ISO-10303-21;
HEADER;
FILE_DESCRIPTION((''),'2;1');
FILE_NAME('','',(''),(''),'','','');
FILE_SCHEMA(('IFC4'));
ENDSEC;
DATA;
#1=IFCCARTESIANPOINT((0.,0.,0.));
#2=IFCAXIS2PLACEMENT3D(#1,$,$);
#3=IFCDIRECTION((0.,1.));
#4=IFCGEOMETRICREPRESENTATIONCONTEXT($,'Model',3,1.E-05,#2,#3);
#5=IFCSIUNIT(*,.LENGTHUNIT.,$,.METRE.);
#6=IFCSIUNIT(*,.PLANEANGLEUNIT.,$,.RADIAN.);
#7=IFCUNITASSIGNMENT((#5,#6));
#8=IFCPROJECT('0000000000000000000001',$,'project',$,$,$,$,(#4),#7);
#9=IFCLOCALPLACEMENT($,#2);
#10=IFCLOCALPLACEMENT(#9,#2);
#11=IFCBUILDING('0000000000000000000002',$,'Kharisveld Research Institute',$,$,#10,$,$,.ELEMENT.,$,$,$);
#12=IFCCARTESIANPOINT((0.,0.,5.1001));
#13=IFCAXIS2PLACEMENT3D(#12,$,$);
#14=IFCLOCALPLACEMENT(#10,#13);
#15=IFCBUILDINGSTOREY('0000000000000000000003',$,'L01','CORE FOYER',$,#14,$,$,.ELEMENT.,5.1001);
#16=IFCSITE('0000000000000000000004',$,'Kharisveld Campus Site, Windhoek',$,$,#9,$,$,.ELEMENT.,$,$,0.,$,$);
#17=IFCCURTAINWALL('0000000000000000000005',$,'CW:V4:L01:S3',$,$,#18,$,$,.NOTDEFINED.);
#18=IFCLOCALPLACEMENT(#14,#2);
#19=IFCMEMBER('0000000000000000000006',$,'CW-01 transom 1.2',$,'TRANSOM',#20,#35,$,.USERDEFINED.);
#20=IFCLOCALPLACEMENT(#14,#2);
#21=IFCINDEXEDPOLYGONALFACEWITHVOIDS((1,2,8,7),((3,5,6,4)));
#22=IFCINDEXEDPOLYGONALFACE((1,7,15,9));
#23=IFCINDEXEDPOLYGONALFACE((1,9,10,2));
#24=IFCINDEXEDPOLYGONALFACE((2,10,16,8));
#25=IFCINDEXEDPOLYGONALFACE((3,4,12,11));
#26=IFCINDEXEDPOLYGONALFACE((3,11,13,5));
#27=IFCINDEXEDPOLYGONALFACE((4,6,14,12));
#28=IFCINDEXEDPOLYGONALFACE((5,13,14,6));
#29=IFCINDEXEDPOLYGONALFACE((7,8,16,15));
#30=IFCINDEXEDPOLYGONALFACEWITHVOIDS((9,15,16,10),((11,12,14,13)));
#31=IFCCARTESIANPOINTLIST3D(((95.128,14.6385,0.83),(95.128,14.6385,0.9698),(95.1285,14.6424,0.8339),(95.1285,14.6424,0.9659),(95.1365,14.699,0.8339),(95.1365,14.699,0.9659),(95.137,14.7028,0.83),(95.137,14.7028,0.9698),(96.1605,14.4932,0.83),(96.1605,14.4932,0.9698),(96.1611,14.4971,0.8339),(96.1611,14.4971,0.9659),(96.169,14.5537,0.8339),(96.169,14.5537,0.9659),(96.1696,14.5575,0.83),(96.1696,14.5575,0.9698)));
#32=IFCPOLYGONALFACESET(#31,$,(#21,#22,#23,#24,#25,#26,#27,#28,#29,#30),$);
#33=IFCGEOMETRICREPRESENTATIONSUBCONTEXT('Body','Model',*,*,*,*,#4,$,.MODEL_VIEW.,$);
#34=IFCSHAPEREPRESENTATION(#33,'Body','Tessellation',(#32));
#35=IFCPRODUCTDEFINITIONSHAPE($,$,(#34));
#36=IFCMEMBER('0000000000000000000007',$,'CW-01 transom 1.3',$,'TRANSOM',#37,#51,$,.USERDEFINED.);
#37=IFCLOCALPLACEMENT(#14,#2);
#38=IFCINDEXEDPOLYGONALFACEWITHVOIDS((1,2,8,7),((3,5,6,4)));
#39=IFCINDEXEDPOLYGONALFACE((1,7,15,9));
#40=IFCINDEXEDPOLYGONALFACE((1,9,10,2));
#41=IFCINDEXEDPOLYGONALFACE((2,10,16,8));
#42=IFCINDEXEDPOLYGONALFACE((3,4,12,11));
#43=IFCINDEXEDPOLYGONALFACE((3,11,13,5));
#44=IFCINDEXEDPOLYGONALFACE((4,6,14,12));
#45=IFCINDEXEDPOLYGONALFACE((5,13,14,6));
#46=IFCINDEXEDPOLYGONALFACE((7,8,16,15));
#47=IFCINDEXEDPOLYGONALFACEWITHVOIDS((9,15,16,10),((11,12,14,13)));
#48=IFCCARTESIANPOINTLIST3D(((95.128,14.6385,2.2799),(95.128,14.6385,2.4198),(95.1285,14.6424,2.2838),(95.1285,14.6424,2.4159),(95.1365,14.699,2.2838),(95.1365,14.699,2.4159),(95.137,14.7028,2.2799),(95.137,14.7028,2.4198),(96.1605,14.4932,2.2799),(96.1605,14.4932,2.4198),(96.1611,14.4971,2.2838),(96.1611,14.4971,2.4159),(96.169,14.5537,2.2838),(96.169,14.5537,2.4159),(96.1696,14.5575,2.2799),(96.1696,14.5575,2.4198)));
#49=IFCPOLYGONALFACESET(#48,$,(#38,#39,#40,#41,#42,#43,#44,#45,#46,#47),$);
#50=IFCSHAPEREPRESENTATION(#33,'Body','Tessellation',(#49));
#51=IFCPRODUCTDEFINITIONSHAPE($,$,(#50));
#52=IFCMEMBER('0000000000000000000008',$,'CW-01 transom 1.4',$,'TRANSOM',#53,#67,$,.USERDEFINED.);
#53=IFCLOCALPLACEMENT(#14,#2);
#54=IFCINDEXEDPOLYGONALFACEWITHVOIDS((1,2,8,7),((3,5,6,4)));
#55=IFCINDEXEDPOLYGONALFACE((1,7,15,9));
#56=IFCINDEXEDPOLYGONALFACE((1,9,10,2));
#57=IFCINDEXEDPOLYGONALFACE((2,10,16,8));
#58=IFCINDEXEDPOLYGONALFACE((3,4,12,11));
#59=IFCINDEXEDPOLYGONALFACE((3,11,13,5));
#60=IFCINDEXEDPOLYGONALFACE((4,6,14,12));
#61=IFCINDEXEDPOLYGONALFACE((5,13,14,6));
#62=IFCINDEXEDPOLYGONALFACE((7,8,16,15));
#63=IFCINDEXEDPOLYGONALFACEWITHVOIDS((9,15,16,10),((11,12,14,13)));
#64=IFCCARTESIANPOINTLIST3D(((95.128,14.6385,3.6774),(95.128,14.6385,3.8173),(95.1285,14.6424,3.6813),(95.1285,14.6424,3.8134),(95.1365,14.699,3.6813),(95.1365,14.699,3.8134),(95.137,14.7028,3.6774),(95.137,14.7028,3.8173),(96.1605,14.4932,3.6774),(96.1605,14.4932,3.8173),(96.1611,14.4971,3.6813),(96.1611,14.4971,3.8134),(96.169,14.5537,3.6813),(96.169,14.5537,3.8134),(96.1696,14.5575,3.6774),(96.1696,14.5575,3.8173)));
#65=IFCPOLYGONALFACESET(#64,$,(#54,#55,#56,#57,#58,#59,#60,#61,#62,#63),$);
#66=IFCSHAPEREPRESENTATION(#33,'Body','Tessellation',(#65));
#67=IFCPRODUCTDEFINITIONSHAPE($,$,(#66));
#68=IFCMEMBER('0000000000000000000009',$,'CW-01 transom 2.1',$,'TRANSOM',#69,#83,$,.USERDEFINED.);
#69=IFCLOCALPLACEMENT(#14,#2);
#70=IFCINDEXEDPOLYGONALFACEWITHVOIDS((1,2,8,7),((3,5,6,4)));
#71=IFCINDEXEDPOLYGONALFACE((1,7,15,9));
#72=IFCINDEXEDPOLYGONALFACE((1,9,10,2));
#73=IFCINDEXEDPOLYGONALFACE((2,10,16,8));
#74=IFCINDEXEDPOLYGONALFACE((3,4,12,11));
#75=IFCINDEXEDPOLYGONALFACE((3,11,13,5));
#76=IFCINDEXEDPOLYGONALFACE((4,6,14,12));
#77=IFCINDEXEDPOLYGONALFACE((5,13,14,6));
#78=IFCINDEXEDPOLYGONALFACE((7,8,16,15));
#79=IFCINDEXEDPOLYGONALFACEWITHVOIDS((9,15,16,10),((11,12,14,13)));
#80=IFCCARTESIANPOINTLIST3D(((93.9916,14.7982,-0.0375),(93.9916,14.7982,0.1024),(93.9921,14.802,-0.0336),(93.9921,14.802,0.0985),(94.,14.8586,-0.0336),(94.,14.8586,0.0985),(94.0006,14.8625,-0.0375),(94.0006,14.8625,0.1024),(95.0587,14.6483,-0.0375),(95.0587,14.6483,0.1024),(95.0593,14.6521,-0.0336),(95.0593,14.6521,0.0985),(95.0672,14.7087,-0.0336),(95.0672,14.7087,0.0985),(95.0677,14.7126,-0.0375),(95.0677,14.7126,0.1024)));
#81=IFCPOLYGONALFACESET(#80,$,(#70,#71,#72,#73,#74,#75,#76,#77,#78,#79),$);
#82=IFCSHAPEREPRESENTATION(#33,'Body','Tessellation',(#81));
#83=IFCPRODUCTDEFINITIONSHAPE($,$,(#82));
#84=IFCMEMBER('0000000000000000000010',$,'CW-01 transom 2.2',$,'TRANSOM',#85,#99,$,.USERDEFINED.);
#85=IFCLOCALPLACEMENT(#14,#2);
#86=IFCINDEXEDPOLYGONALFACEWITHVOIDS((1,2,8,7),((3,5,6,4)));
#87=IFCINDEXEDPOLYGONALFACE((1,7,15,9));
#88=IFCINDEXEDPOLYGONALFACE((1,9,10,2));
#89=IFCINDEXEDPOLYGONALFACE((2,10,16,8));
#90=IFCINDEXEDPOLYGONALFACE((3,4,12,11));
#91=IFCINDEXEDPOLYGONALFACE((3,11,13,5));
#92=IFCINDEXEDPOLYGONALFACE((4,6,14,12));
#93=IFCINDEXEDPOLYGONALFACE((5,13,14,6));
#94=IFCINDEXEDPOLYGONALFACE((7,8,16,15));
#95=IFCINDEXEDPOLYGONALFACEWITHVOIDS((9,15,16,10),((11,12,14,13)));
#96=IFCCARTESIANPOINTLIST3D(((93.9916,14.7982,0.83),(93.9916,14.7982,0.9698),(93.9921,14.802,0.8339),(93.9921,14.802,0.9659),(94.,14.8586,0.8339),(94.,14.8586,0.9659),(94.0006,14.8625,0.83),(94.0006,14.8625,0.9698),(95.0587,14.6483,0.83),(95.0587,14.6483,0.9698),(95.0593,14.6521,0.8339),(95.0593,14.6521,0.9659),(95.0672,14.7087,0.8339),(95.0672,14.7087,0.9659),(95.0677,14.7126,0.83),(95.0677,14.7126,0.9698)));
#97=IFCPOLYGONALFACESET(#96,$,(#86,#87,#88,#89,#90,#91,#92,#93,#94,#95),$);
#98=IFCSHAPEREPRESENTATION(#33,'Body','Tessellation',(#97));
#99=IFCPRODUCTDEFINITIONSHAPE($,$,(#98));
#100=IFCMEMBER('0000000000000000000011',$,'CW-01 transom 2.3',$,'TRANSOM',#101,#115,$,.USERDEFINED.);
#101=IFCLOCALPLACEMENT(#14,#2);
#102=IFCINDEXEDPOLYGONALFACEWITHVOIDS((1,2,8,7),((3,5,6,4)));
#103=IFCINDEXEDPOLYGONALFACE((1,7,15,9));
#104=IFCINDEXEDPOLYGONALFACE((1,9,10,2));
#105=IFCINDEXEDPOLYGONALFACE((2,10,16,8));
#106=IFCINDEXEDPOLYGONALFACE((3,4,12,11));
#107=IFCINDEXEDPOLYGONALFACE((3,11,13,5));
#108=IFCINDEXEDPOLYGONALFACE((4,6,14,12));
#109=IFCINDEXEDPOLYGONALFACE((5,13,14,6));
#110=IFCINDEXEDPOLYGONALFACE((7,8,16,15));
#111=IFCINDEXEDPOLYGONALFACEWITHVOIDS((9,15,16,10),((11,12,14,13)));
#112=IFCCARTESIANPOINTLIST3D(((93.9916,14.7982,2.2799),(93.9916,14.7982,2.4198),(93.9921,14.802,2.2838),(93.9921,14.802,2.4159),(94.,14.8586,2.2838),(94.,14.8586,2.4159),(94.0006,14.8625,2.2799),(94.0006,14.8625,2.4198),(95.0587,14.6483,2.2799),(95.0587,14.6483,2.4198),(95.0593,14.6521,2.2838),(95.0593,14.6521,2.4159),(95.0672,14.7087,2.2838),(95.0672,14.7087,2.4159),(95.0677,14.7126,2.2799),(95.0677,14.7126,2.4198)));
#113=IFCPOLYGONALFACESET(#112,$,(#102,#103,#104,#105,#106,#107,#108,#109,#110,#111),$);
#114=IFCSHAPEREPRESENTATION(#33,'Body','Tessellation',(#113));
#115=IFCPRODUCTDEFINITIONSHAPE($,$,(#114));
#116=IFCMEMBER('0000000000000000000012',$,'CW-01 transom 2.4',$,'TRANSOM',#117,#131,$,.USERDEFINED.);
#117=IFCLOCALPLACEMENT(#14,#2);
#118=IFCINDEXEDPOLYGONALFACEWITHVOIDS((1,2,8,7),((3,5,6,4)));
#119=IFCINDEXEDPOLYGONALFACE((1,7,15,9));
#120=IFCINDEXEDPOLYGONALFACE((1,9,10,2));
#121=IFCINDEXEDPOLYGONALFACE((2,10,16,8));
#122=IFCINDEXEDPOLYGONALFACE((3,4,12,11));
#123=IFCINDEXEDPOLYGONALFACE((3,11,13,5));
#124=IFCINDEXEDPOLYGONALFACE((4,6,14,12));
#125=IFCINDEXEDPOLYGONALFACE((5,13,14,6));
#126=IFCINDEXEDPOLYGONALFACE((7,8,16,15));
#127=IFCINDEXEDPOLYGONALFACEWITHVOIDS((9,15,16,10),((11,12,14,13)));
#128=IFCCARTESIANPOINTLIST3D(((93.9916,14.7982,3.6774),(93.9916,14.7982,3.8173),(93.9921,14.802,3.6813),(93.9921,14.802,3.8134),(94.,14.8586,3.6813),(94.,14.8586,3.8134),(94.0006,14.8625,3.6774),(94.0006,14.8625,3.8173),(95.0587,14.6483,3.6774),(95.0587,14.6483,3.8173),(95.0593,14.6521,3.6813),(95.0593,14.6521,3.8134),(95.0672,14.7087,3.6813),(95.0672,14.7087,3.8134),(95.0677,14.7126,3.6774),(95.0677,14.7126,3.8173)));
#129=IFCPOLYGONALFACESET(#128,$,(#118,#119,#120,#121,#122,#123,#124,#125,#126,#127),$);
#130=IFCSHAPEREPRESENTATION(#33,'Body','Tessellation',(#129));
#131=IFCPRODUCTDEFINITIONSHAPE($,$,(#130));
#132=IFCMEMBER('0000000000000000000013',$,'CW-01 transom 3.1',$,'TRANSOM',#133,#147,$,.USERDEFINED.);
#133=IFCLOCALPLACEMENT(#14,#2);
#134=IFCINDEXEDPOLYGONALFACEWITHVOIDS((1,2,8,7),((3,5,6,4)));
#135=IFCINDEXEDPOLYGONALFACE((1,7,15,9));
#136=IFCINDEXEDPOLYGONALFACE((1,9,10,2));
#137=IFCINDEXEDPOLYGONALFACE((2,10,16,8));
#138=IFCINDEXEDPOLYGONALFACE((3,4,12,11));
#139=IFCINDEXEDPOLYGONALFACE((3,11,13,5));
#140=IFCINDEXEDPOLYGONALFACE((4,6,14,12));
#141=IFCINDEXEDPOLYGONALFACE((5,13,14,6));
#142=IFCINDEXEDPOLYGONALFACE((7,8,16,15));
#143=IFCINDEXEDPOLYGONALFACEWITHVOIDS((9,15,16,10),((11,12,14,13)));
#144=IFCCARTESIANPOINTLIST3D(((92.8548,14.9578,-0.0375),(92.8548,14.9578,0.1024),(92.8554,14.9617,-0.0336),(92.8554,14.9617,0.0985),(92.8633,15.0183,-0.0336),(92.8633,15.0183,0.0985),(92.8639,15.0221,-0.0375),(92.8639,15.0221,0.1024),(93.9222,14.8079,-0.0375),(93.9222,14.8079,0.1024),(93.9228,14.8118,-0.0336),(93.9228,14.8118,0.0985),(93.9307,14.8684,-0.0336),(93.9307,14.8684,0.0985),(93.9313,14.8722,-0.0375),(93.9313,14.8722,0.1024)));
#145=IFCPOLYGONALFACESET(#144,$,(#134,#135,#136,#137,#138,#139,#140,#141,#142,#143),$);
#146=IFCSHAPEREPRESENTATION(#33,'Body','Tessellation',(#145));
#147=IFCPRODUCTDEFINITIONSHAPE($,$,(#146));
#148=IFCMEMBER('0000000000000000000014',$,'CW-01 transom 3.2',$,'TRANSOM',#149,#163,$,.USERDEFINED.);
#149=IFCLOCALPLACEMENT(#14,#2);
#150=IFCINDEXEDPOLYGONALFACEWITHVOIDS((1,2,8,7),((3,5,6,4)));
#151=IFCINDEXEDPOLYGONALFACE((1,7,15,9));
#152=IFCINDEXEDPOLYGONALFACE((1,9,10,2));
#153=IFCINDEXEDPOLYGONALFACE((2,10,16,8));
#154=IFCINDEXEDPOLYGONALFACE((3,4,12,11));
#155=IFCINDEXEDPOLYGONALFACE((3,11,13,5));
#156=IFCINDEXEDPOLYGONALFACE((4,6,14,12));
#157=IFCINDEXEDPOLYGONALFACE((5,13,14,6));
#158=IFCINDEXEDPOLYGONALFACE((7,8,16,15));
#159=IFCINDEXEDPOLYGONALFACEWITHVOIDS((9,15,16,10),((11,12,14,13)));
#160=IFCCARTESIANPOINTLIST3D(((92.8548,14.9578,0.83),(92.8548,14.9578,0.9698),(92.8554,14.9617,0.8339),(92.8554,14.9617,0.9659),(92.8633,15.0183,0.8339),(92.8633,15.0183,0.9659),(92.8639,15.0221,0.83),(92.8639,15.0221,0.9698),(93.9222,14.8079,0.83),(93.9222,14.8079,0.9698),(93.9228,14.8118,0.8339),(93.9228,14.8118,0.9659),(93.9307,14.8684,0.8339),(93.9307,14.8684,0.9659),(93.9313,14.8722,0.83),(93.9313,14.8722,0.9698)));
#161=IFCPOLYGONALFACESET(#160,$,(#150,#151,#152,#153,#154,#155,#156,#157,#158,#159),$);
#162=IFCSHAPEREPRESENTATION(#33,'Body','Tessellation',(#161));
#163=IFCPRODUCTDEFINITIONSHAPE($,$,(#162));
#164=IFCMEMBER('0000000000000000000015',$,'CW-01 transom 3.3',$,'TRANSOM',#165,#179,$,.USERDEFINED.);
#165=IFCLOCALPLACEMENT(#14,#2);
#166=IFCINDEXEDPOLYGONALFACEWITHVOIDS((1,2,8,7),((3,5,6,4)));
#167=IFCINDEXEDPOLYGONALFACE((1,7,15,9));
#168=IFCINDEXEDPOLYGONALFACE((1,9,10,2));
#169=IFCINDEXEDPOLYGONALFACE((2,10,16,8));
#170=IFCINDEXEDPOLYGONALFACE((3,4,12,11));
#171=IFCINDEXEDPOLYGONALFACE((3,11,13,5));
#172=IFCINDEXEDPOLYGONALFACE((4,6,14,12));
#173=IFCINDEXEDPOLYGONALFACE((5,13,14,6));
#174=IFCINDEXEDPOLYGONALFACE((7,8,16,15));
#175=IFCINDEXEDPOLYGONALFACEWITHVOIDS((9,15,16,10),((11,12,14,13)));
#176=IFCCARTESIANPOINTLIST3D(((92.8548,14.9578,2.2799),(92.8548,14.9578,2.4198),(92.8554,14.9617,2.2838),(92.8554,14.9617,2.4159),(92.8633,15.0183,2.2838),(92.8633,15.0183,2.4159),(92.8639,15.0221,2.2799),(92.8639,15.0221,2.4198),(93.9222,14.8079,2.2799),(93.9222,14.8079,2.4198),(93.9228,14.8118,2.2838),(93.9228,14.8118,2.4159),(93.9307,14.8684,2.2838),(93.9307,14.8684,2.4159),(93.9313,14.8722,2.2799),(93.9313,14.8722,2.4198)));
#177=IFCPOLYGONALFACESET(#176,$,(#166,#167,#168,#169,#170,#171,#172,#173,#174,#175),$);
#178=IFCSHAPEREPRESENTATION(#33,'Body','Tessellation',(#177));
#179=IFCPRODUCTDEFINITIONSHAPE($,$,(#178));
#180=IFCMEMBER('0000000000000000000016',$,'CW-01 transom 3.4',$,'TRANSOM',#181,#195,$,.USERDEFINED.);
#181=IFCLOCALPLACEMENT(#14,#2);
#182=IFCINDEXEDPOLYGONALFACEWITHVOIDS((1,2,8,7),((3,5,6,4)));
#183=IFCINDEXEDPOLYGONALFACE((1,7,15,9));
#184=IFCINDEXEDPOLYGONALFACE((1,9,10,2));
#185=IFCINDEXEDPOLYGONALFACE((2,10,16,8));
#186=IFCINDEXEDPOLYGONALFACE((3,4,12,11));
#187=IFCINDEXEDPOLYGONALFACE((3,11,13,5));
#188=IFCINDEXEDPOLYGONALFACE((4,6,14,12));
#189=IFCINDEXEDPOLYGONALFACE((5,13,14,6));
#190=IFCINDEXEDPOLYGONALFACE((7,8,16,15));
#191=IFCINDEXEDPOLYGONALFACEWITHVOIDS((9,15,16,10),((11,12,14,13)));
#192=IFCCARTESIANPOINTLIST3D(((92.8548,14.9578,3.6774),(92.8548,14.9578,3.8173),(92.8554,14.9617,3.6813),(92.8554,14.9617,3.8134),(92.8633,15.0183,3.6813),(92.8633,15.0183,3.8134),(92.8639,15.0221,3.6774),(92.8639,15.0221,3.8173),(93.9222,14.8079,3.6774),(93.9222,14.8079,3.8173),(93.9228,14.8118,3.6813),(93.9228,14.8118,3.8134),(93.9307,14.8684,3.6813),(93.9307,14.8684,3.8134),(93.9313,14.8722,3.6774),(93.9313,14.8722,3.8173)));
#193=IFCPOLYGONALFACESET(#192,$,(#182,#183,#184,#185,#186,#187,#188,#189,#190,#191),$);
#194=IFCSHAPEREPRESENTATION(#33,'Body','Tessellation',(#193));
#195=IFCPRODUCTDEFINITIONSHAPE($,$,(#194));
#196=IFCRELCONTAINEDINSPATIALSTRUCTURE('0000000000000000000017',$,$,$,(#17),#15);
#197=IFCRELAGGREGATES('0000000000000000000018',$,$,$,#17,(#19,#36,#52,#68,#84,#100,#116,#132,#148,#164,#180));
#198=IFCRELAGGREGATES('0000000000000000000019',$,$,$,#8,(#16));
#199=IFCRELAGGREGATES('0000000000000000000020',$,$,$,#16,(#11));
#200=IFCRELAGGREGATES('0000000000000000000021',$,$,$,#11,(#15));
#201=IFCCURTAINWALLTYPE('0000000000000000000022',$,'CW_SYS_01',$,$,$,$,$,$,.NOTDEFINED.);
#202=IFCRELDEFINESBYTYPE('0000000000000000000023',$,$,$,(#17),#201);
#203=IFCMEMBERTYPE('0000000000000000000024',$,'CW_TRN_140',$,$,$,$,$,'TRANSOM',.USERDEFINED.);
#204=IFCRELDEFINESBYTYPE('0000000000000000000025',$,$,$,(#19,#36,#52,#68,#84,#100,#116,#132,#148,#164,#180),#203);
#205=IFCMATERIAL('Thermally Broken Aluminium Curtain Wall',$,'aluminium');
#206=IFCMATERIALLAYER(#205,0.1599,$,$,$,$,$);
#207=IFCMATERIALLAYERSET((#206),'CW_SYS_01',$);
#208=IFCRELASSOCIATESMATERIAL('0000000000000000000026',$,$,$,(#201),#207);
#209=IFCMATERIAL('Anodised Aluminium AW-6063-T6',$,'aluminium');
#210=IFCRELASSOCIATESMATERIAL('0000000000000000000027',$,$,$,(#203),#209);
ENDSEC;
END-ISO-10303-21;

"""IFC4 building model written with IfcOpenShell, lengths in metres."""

from ifc_helpers import new_model, si_unit, direction, frame, origin, origin_2d, place, context, subcontext, project, spatial, hollow_rectangle, extrude, material, layer, layer_set, material_profile, profile_set, type_object, element, aggregate, save


model = new_model("IFC4")

# Units and contexts
model_context = context("Model", 3, precision=1e-05, world=origin(), true_north=direction((0.0, 1.0)))
body_context = subcontext(model_context, "Body", "Model", "MODEL_VIEW")
ifc_project = project(units=[si_unit("LENGTHUNIT", "METRE"), si_unit("PLANEANGLEUNIT", "RADIAN")], contexts=[model_context])

# Site, building, storey
site_placement = place(None, origin())
site = spatial("IfcSite", under=ifc_project, at=site_placement, Name="Kharisveld Campus Site, Windhoek", CompositionType="ELEMENT", RefElevation=0.0)
building_placement = place(site_placement, origin())
building = spatial("IfcBuilding", under=site, at=building_placement, Name="Kharisveld Research Institute", CompositionType="ELEMENT")
storey_placement = place(building_placement, frame((0.0, 0.0, 5.1001)))
storey = spatial("IfcBuildingStorey", under=building, at=storey_placement, Name="L01", Description="CORE FOYER", CompositionType="ELEMENT", Elevation=5.1001)

# Curtain wall, members
ifc_material_1 = material(Name="Thermally Broken Aluminium Curtain Wall", Category="aluminium")
ifc_layer_1 = layer(ifc_material_1, 0.1599)
ifc_layer_set_1 = layer_set([ifc_layer_1], Name="CW_SYS_01")
curtain_wall_type_1 = type_object("IfcCurtainWallType", Name="CW_SYS_01", PredefinedType="NOTDEFINED", material=ifc_layer_set_1)
curtain_wall_1_placement = place(storey_placement, origin())
curtain_wall_1 = element("IfcCurtainWall", 1, at=curtain_wall_1_placement, inside=storey, type_object=curtain_wall_type_1, Name="CW:V4:L01:S3", PredefinedType="NOTDEFINED")
ifc_material_2 = material(Name="Anodised Aluminium AW-6063-T6", Category="aluminium")
ifc_material_profile_1 = material_profile(ifc_material_2, hollow_rectangle(XDim=0.0649, YDim=0.1399, WallThickness=0.0039, at=origin_2d()))
ifc_profile_set_1 = profile_set([ifc_material_profile_1], Name="Anodised Aluminium AW-6063-T6")
member_type_1 = type_object("IfcMemberType", Name="CW_TRN_140", ElementType="TRANSOM", PredefinedType="USERDEFINED", material=ifc_profile_set_1)
member_1_placement = place(storey_placement, frame((96.165, 14.5254, 0.8999), z_axis=(-0.990247, 0.139323, 0.0), x_axis=(-0.139323, -0.990247, 0.0)))
member_1 = element("IfcMember", 2, at=member_1_placement, type_object=member_type_1, Name="CW-01 transom 1.2", ObjectType="TRANSOM", PredefinedType="USERDEFINED", context=body_context, shape_type="SweptSolid", body=[
    extrude(hollow_rectangle(XDim=0.0649, YDim=0.1399, WallThickness=0.0039, at=origin_2d()), origin(), (0.0, 0.0, 1.0), 1.0427),
])
member_2_placement = place(storey_placement, frame((96.165, 14.5254, 2.3499), z_axis=(-0.990247, 0.139323, 0.0), x_axis=(-0.139323, -0.990247, 0.0)))
member_2 = element("IfcMember", 3, at=member_2_placement, type_object=member_type_1, Name="CW-01 transom 1.3", ObjectType="TRANSOM", PredefinedType="USERDEFINED", context=body_context, shape_type="SweptSolid", body=[
    extrude(hollow_rectangle(XDim=0.0649, YDim=0.1399, WallThickness=0.0039, at=origin_2d()), origin(), (0.0, 0.0, 1.0), 1.0427),
])
member_3_placement = place(storey_placement, frame((96.165, 14.5254, 3.7473), z_axis=(-0.990247, 0.139323, 0.0), x_axis=(-0.139323, -0.990247, 0.0)))
member_3 = element("IfcMember", 4, at=member_3_placement, type_object=member_type_1, Name="CW-01 transom 1.4", ObjectType="TRANSOM", PredefinedType="USERDEFINED", context=body_context, shape_type="SweptSolid", body=[
    extrude(hollow_rectangle(XDim=0.0649, YDim=0.1399, WallThickness=0.0039, at=origin_2d()), origin(), (0.0, 0.0, 1.0), 1.0427),
])
member_4_placement = place(storey_placement, frame((95.0632, 14.6804, 0.0325), z_axis=(-0.990278, 0.139106, 0.0), x_axis=(-0.139106, -0.990278, 0.0)))
member_4 = element("IfcMember", 5, at=member_4_placement, type_object=member_type_1, Name="CW-01 transom 2.1", ObjectType="TRANSOM", PredefinedType="USERDEFINED", context=body_context, shape_type="SweptSolid", body=[
    extrude(hollow_rectangle(XDim=0.0649, YDim=0.1399, WallThickness=0.0039, at=origin_2d()), origin(), (0.0, 0.0, 1.0), 1.0776),
])
member_5_placement = place(storey_placement, frame((95.0632, 14.6804, 0.8999), z_axis=(-0.990278, 0.139106, 0.0), x_axis=(-0.139106, -0.990278, 0.0)))
member_5 = element("IfcMember", 6, at=member_5_placement, type_object=member_type_1, Name="CW-01 transom 2.2", ObjectType="TRANSOM", PredefinedType="USERDEFINED", context=body_context, shape_type="SweptSolid", body=[
    extrude(hollow_rectangle(XDim=0.0649, YDim=0.1399, WallThickness=0.0039, at=origin_2d()), origin(), (0.0, 0.0, 1.0), 1.0776),
])
member_6_placement = place(storey_placement, frame((95.0632, 14.6804, 2.3499), z_axis=(-0.990278, 0.139106, 0.0), x_axis=(-0.139106, -0.990278, 0.0)))
member_6 = element("IfcMember", 7, at=member_6_placement, type_object=member_type_1, Name="CW-01 transom 2.3", ObjectType="TRANSOM", PredefinedType="USERDEFINED", context=body_context, shape_type="SweptSolid", body=[
    extrude(hollow_rectangle(XDim=0.0649, YDim=0.1399, WallThickness=0.0039, at=origin_2d()), origin(), (0.0, 0.0, 1.0), 1.0776),
])
member_7_placement = place(storey_placement, frame((95.0632, 14.6804, 3.7473), z_axis=(-0.990278, 0.139106, 0.0), x_axis=(-0.139106, -0.990278, 0.0)))
member_7 = element("IfcMember", 8, at=member_7_placement, type_object=member_type_1, Name="CW-01 transom 2.4", ObjectType="TRANSOM", PredefinedType="USERDEFINED", context=body_context, shape_type="SweptSolid", body=[
    extrude(hollow_rectangle(XDim=0.0649, YDim=0.1399, WallThickness=0.0039, at=origin_2d()), origin(), (0.0, 0.0, 1.0), 1.0776),
])
member_8_placement = place(storey_placement, frame((93.9268, 14.8401, 0.0325), z_axis=(-0.990282, 0.139074, 0.0), x_axis=(-0.139074, -0.990282, 0.0)))
member_8 = element("IfcMember", 9, at=member_8_placement, type_object=member_type_1, Name="CW-01 transom 3.1", ObjectType="TRANSOM", PredefinedType="USERDEFINED", context=body_context, shape_type="SweptSolid", body=[
    extrude(hollow_rectangle(XDim=0.0649, YDim=0.1399, WallThickness=0.0039, at=origin_2d()), origin(), (0.0, 0.0, 1.0), 1.0779),
])
member_9_placement = place(storey_placement, frame((93.9268, 14.8401, 0.8999), z_axis=(-0.990282, 0.139074, 0.0), x_axis=(-0.139074, -0.990282, 0.0)))
member_9 = element("IfcMember", 10, at=member_9_placement, type_object=member_type_1, Name="CW-01 transom 3.2", ObjectType="TRANSOM", PredefinedType="USERDEFINED", context=body_context, shape_type="SweptSolid", body=[
    extrude(hollow_rectangle(XDim=0.0649, YDim=0.1399, WallThickness=0.0039, at=origin_2d()), origin(), (0.0, 0.0, 1.0), 1.0779),
])
member_10_placement = place(storey_placement, frame((93.9268, 14.8401, 2.3499), z_axis=(-0.990282, 0.139074, 0.0), x_axis=(-0.139074, -0.990282, 0.0)))
member_10 = element("IfcMember", 11, at=member_10_placement, type_object=member_type_1, Name="CW-01 transom 3.3", ObjectType="TRANSOM", PredefinedType="USERDEFINED", context=body_context, shape_type="SweptSolid", body=[
    extrude(hollow_rectangle(XDim=0.0649, YDim=0.1399, WallThickness=0.0039, at=origin_2d()), origin(), (0.0, 0.0, 1.0), 1.0779),
])
member_11_placement = place(storey_placement, frame((93.9268, 14.8401, 3.7473), z_axis=(-0.990282, 0.139074, 0.0), x_axis=(-0.139074, -0.990282, 0.0)))
member_11 = element("IfcMember", 12, at=member_11_placement, type_object=member_type_1, Name="CW-01 transom 3.4", ObjectType="TRANSOM", PredefinedType="USERDEFINED", context=body_context, shape_type="SweptSolid", body=[
    extrude(hollow_rectangle(XDim=0.0649, YDim=0.1399, WallThickness=0.0039, at=origin_2d()), origin(), (0.0, 0.0, 1.0), 1.0779),
])

aggregate(curtain_wall_1, [member_1, member_2, member_3, member_4, member_5, member_6, member_7, member_8, member_9, member_10, member_11])

save(model, "model.ifc")
